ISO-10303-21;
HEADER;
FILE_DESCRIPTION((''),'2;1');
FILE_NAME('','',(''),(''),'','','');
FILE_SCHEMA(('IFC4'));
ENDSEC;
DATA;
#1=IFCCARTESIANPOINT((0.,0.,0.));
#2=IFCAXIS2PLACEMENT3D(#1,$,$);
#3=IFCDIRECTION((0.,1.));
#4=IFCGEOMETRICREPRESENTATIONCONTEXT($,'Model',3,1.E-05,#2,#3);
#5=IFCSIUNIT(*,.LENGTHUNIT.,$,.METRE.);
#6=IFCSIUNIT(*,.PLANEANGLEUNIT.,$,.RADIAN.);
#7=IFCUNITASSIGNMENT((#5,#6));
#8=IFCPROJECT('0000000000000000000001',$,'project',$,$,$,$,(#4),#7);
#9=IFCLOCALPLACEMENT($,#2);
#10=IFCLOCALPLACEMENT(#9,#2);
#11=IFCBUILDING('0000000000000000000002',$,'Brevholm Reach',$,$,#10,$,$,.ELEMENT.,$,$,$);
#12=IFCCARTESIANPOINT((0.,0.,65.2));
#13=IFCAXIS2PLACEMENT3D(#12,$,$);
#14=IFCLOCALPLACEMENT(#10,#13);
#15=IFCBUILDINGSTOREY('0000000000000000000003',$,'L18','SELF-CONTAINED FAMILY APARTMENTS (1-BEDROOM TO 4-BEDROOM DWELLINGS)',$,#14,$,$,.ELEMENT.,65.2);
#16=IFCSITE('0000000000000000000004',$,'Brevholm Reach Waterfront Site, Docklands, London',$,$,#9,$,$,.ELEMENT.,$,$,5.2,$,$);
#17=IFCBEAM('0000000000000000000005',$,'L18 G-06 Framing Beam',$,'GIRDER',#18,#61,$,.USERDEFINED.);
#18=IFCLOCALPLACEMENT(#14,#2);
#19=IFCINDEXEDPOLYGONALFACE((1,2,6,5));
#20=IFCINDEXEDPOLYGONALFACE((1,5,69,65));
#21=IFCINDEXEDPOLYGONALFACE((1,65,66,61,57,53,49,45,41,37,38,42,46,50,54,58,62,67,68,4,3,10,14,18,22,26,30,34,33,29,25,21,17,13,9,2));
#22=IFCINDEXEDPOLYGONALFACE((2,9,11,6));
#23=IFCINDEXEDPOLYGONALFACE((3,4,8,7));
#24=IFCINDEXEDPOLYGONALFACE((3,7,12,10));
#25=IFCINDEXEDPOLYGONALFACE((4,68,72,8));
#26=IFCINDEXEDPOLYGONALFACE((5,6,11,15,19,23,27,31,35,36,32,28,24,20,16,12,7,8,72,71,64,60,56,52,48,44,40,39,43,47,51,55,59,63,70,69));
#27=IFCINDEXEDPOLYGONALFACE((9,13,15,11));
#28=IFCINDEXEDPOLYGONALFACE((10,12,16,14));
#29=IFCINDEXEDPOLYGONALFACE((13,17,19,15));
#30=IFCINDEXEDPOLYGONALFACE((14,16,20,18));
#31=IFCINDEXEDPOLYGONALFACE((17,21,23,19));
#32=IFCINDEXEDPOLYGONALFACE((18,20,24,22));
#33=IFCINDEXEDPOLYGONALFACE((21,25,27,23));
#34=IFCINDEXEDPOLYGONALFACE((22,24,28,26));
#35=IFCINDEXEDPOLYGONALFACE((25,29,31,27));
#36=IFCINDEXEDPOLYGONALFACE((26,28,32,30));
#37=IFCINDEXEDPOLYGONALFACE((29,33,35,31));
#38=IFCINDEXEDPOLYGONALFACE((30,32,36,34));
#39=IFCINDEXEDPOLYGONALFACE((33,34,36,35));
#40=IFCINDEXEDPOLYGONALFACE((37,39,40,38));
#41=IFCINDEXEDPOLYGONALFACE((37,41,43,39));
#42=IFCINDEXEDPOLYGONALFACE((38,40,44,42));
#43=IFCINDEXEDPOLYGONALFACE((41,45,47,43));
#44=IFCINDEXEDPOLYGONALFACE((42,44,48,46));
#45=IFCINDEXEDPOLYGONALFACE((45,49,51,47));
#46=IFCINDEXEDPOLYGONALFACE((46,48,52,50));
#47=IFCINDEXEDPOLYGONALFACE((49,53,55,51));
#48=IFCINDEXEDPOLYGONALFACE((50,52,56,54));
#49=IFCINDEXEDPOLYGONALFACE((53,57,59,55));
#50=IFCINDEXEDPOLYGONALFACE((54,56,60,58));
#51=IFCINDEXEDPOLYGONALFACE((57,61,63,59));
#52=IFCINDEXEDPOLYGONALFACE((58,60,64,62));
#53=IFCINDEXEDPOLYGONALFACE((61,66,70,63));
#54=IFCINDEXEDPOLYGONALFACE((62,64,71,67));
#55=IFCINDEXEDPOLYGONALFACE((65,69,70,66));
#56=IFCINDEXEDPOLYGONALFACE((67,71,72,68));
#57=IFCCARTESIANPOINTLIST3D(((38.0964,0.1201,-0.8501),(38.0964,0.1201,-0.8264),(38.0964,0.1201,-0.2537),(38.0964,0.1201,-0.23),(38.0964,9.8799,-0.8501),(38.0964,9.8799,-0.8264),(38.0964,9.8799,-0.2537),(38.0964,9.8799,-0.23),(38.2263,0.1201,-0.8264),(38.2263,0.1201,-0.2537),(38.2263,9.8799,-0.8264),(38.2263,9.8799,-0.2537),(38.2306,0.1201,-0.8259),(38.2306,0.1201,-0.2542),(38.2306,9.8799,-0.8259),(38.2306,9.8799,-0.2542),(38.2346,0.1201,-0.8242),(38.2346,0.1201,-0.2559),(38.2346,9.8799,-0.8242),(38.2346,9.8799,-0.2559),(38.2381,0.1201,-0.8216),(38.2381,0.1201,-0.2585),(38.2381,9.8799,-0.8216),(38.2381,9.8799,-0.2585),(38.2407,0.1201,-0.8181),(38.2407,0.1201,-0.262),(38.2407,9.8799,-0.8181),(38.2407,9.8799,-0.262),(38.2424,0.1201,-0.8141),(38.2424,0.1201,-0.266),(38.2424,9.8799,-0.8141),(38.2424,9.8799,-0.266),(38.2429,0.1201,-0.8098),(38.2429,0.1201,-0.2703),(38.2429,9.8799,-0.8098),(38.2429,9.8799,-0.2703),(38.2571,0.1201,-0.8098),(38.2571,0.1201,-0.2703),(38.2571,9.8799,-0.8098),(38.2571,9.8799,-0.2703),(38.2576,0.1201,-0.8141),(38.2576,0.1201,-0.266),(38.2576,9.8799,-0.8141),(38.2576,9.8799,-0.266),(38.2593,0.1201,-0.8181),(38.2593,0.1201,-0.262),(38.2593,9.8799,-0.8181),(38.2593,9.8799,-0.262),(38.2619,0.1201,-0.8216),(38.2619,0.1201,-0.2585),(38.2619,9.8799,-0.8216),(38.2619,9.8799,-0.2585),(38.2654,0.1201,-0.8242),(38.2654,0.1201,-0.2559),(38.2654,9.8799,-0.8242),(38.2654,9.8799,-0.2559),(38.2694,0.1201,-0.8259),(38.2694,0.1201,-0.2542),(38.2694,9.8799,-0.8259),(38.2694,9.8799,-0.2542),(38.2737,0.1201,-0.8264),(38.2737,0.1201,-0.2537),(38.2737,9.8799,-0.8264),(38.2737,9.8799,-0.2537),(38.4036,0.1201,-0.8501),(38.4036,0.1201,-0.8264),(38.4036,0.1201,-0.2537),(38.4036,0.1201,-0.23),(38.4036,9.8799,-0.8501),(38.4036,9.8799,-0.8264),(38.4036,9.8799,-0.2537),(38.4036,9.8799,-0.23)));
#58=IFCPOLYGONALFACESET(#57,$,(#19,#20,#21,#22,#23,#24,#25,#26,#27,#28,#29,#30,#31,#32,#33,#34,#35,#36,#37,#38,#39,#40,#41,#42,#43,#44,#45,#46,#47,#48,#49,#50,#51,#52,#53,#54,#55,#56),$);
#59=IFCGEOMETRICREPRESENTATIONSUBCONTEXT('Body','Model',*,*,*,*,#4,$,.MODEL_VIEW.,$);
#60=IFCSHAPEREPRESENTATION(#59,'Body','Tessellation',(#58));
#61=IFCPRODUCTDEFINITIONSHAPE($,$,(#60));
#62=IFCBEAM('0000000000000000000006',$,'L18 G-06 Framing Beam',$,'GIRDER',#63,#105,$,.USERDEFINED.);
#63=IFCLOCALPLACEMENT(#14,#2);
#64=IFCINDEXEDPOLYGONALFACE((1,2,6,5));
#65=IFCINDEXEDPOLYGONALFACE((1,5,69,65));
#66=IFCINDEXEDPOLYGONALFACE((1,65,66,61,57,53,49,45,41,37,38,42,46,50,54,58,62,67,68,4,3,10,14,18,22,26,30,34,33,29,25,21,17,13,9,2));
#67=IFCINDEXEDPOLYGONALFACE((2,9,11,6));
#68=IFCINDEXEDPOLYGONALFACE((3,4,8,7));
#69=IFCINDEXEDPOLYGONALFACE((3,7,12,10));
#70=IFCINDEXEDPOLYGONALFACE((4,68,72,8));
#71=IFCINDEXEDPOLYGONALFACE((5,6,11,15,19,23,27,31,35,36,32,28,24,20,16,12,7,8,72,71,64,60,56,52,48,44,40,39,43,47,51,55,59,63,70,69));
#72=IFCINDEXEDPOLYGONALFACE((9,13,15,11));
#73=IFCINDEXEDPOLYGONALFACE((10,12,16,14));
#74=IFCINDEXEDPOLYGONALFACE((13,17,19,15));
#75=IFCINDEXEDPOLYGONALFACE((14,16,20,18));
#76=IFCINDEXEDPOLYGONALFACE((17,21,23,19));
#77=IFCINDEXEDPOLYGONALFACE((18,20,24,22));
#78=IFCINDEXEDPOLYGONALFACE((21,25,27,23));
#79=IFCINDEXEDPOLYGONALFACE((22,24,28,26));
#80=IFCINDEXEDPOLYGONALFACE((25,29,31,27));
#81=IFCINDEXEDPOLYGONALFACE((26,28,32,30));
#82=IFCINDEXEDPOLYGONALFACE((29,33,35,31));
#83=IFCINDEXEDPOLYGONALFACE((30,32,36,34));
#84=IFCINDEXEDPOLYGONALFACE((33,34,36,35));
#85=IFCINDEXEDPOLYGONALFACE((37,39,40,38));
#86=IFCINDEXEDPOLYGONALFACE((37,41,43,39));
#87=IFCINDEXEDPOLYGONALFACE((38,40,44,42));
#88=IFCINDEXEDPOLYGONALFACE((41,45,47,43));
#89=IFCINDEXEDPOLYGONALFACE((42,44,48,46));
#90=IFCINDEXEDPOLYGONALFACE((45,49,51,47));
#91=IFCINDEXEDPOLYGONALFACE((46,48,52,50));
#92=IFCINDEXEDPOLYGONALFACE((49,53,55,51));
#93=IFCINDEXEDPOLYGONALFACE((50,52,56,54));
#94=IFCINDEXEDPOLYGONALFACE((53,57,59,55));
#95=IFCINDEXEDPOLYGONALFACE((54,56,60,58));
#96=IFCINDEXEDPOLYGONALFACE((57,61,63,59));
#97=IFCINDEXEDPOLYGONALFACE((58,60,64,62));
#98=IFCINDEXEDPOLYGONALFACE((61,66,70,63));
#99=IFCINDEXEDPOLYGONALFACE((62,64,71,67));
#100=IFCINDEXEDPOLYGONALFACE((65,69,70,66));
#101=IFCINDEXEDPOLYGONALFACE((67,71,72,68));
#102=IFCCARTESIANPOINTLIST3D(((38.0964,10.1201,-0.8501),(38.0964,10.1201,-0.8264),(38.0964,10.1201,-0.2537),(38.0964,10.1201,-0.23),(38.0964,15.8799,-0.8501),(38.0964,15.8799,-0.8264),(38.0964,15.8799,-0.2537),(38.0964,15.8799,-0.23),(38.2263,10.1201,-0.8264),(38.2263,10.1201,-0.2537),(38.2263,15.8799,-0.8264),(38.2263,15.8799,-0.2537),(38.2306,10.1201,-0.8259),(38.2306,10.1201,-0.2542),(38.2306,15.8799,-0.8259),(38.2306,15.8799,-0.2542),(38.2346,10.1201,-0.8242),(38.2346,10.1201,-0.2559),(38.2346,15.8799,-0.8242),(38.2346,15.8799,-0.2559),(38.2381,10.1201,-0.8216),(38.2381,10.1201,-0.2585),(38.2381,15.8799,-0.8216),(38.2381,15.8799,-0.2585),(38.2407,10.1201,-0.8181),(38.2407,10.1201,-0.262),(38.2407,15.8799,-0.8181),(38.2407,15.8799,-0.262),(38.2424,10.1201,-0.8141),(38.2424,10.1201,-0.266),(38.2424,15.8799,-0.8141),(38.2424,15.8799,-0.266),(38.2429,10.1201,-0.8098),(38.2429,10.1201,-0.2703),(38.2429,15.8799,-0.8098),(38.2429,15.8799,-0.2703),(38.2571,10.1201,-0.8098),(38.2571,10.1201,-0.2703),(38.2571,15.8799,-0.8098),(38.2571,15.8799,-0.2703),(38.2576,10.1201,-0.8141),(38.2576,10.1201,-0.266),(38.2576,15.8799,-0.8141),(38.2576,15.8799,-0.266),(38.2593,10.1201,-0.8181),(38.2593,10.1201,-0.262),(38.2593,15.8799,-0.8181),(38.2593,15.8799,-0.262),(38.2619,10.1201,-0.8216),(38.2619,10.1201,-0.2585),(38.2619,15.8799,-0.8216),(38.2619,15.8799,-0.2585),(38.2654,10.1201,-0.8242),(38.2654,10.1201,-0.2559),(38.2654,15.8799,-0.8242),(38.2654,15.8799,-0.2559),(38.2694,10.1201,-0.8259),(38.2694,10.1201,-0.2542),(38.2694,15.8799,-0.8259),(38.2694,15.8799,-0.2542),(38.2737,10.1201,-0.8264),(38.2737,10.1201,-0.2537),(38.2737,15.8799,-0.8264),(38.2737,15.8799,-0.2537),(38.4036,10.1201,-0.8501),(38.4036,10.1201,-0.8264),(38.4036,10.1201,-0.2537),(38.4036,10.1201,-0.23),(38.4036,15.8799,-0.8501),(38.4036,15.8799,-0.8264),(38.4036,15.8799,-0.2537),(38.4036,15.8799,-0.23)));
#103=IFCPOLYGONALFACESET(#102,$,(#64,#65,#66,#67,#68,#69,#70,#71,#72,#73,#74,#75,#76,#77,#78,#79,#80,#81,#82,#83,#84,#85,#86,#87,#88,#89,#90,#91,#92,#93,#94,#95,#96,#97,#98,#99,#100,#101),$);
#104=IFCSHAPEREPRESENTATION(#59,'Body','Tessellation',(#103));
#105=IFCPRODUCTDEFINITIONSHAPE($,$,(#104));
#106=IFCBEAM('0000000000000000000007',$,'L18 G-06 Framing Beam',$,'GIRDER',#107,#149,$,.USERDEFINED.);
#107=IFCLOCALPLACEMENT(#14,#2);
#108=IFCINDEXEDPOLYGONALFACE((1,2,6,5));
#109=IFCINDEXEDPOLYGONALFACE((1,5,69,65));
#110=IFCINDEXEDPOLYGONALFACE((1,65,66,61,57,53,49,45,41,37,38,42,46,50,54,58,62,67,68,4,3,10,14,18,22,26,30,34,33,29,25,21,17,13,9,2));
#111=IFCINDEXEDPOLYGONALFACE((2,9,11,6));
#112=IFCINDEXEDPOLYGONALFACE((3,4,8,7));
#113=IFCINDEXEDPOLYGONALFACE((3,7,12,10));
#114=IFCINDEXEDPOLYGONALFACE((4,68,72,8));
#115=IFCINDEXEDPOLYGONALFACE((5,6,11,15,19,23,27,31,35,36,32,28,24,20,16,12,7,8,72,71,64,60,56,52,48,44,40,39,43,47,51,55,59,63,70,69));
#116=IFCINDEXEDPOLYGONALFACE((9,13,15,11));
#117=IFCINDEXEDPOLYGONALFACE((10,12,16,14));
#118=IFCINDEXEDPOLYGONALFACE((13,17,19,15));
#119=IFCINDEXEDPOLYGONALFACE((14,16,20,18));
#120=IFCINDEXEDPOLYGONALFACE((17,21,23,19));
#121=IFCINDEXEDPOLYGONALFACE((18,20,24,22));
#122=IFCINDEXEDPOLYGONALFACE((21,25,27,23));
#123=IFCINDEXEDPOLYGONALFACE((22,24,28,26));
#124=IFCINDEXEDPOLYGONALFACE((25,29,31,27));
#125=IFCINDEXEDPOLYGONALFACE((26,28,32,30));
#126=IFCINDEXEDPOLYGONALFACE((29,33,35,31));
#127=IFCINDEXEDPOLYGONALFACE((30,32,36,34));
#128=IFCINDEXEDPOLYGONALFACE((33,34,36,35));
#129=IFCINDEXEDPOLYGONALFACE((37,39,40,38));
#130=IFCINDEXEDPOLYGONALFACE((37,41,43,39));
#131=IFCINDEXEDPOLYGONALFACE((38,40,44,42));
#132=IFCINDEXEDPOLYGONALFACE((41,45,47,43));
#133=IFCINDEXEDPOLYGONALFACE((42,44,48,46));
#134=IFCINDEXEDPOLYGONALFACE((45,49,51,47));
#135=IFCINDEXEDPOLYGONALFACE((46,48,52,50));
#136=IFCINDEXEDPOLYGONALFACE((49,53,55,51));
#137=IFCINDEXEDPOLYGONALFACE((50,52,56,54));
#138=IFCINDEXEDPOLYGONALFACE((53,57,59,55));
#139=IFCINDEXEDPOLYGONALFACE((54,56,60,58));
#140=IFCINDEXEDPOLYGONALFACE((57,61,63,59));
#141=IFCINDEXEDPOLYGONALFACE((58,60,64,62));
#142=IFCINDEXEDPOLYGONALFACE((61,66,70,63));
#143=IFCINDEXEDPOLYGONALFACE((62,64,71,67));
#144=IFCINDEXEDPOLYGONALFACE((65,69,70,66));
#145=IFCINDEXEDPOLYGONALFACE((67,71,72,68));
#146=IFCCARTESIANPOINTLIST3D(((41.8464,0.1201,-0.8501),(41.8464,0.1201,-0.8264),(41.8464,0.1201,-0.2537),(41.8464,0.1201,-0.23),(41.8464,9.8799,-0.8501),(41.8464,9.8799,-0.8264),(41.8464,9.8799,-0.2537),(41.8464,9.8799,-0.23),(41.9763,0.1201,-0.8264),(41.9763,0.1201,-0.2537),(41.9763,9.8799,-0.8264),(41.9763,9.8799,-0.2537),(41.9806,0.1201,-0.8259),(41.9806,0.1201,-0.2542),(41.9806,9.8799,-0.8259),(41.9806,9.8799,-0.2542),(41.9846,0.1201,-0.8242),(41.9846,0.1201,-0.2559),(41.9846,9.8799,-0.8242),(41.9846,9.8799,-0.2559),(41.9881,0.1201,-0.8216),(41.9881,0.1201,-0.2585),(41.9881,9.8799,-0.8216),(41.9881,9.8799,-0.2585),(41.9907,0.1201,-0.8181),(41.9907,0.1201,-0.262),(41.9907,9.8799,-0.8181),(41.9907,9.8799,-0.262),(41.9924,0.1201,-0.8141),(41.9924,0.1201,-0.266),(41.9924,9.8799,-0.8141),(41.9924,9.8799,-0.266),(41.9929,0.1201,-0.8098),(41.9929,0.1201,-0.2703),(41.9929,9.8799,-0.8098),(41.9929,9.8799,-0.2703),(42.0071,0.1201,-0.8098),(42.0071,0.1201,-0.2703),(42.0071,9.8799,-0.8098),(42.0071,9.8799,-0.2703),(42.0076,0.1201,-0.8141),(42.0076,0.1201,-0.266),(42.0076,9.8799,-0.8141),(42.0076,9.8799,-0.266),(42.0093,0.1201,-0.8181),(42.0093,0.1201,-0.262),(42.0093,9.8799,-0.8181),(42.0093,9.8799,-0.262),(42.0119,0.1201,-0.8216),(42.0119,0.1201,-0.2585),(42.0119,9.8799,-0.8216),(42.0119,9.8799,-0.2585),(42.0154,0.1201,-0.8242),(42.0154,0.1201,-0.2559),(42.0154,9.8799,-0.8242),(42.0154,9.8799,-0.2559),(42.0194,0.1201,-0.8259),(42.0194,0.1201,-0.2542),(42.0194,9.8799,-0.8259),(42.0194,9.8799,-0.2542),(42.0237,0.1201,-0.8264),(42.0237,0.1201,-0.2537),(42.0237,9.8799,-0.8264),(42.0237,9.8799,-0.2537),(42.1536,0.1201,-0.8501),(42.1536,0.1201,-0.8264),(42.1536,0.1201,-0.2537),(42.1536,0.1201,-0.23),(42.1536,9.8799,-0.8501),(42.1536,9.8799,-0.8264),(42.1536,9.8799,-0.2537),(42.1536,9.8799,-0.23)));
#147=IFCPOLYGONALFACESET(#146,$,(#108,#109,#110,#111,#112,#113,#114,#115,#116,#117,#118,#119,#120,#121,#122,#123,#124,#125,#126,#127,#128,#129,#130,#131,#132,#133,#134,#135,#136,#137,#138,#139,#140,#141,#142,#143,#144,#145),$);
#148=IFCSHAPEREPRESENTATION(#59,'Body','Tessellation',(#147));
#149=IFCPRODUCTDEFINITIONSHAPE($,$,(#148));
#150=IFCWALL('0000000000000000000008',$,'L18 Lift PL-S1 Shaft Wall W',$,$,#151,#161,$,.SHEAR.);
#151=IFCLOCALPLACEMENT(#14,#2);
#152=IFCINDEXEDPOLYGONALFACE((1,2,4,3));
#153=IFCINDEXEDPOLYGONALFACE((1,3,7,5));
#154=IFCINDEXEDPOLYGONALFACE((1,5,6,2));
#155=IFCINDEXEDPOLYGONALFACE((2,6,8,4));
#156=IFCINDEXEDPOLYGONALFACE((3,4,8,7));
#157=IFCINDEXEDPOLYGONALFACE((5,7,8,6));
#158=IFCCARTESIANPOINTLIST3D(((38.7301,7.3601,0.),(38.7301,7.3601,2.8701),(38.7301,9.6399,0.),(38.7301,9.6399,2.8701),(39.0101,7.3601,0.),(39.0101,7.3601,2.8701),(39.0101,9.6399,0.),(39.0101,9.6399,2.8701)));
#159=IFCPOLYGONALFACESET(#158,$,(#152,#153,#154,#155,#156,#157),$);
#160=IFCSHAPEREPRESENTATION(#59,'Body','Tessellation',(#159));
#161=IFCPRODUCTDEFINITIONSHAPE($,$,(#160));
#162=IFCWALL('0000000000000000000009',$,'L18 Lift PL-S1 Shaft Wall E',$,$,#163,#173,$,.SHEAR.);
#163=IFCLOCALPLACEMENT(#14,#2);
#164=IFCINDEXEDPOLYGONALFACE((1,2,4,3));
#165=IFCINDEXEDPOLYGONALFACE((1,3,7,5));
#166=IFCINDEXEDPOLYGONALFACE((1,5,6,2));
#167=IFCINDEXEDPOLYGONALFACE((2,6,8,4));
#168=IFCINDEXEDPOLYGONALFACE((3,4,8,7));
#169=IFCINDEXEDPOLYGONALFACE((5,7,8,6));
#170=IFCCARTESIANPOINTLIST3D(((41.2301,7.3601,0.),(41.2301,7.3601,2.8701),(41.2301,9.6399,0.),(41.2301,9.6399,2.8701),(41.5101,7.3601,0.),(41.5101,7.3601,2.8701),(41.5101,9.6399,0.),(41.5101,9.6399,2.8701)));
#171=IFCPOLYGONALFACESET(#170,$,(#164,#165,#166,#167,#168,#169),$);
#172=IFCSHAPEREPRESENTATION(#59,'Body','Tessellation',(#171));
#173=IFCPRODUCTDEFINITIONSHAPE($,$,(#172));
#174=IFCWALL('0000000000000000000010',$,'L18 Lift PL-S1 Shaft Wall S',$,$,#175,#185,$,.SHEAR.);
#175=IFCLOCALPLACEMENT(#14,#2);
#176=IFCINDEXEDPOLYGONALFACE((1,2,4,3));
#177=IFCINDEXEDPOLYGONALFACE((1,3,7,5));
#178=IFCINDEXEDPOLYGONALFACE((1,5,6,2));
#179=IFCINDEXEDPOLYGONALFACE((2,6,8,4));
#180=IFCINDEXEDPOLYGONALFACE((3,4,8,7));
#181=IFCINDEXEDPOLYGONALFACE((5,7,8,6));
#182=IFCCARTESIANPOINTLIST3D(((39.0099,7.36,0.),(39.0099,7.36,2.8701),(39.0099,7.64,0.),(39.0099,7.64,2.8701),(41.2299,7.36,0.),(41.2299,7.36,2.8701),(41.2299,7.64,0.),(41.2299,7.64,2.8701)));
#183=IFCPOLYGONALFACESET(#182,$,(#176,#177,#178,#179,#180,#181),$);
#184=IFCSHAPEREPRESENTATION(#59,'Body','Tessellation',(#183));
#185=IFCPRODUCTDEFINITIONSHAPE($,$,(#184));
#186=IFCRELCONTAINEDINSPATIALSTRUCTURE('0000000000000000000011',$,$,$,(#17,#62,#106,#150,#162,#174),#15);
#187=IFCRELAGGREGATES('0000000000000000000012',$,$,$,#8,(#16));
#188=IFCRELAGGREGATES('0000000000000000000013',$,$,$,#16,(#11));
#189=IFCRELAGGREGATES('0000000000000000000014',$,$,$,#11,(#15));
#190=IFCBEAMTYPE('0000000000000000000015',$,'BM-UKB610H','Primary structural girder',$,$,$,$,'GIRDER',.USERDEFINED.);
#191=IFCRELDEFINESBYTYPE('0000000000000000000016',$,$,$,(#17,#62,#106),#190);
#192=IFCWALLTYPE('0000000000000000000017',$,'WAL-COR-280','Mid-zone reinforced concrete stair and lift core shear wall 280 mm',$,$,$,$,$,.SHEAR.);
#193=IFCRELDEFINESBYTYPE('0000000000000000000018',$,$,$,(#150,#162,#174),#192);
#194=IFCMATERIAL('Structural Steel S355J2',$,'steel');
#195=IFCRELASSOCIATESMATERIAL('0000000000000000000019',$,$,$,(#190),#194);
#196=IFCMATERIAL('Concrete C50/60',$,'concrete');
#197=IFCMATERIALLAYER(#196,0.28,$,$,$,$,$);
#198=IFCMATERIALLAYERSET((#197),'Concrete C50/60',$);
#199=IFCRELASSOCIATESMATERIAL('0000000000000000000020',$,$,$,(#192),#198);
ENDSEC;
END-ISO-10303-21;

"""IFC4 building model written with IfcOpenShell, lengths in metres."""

from ifc_helpers import new_model, si_unit, direction, frame, frame_2d, origin, origin_2d, place, context, subcontext, project, spatial, rectangle, i_section, extrude, material, layer, layer_set, material_profile, profile_set, type_object, element, save


model = new_model("IFC4")

# Units and contexts
model_context = context("Model", 3, precision=1e-05, world=origin(), true_north=direction((0.0, 1.0)))
body_context = subcontext(model_context, "Body", "Model", "MODEL_VIEW")
ifc_project = project(units=[si_unit("LENGTHUNIT", "METRE"), si_unit("PLANEANGLEUNIT", "RADIAN")], contexts=[model_context])

# Site, building, storey
site_placement = place(None, origin())
site = spatial("IfcSite", under=ifc_project, at=site_placement, Name="Brevholm Reach Waterfront Site, Docklands, London", CompositionType="ELEMENT", RefElevation=5.2)
building_placement = place(site_placement, origin())
building = spatial("IfcBuilding", under=site, at=building_placement, Name="Brevholm Reach", CompositionType="ELEMENT")
storey_placement = place(building_placement, frame((0.0, 0.0, 65.2)))
storey = spatial("IfcBuildingStorey", under=building, at=storey_placement, Name="L18", Description="SELF-CONTAINED FAMILY APARTMENTS (1-BEDROOM TO 4-BEDROOM DWELLINGS)", CompositionType="ELEMENT", Elevation=65.2)

# Beams
ifc_material_1 = material(Name="Structural Steel S355J2", Category="steel")
ifc_material_profile_1 = material_profile(ifc_material_1, i_section(OverallWidth=0.3071, OverallDepth=0.6201, WebThickness=0.0142, FlangeThickness=0.0237, FilletRadius=0.0166, at=origin_2d()), Name="UKB 610x305x179")
ifc_profile_set_1 = profile_set([ifc_material_profile_1], Name="Structural Steel S355J2")
beam_type_1 = type_object("IfcBeamType", Name="BM-UKB610H", Description="Primary structural girder", ElementType="GIRDER", PredefinedType="USERDEFINED", material=ifc_profile_set_1)
beam_1_placement = place(storey_placement, frame((38.25, 0.1201, -0.54), z_axis=(0.0, 1.0, 0.0), x_axis=(-1.0, 0.0, 0.0)))
element("IfcBeam", 1, at=beam_1_placement, inside=storey, type_object=beam_type_1, Name="L18 G-06 Framing Beam", ObjectType="GIRDER", PredefinedType="USERDEFINED", context=body_context, shape_type="SweptSolid", body=[
    extrude(i_section(OverallWidth=0.3071, OverallDepth=0.6201, WebThickness=0.0142, FlangeThickness=0.0237, FilletRadius=0.0166, at=origin_2d()), origin(), (0.0, 0.0, 1.0), 9.7598),
])
beam_2_placement = place(storey_placement, frame((38.25, 10.1201, -0.54), z_axis=(0.0, 1.0, 0.0), x_axis=(-1.0, 0.0, 0.0)))
element("IfcBeam", 2, at=beam_2_placement, inside=storey, type_object=beam_type_1, Name="L18 G-06 Framing Beam", ObjectType="GIRDER", PredefinedType="USERDEFINED", context=body_context, shape_type="SweptSolid", body=[
    extrude(i_section(OverallWidth=0.3071, OverallDepth=0.6201, WebThickness=0.0142, FlangeThickness=0.0237, FilletRadius=0.0166, at=origin_2d()), origin(), (0.0, 0.0, 1.0), 5.7598),
])
beam_3_placement = place(storey_placement, frame((42.0, 0.1201, -0.54), z_axis=(0.0, 1.0, 0.0), x_axis=(-1.0, 0.0, 0.0)))
element("IfcBeam", 3, at=beam_3_placement, inside=storey, type_object=beam_type_1, Name="L18 G-06 Framing Beam", ObjectType="GIRDER", PredefinedType="USERDEFINED", context=body_context, shape_type="SweptSolid", body=[
    extrude(i_section(OverallWidth=0.3071, OverallDepth=0.6201, WebThickness=0.0142, FlangeThickness=0.0237, FilletRadius=0.0166, at=origin_2d()), origin(), (0.0, 0.0, 1.0), 9.7598),
])

# Walls
ifc_material_2 = material(Name="Concrete C50/60", Category="concrete")
ifc_layer_1 = layer(ifc_material_2, 0.28)
ifc_layer_set_1 = layer_set([ifc_layer_1], Name="Concrete C50/60")
wall_type_1 = type_object("IfcWallType", Name="WAL-COR-280", Description="Mid-zone reinforced concrete stair and lift core shear wall 280 mm", PredefinedType="SHEAR", material=ifc_layer_set_1)
for number, where, z_axis, x_axis, name in (
    (4, (38.8701, 7.3601, 0.0), (0.0, 0.0, 1.0), (0.0, 1.0, 0.0), "L18 Lift PL-S1 Shaft Wall W"),
    (5, (41.3701, 7.3601, 0.0), (0.0, 0.0, 1.0), (0.0, 1.0, 0.0), "L18 Lift PL-S1 Shaft Wall E"),
):
    element("IfcWall", number, at=place(storey_placement, frame(where, z_axis=z_axis, x_axis=x_axis)), inside=storey, type_object=wall_type_1, Name=name, PredefinedType="SHEAR", context=body_context, shape_type="SweptSolid", body=[
        extrude(rectangle(XDim=2.2798, YDim=0.28, at=frame_2d((1.1399, 0.0))), origin(), (0.0, 0.0, 1.0), 2.8701),
    ])
wall_1_placement = place(storey_placement, frame((39.01, 7.5, 0.0), z_axis=(0.0, 0.0, 1.0), x_axis=(1.0, 0.0, 0.0)))
element("IfcWall", 6, at=wall_1_placement, inside=storey, type_object=wall_type_1, Name="L18 Lift PL-S1 Shaft Wall S", PredefinedType="SHEAR", context=body_context, shape_type="SweptSolid", body=[
    extrude(rectangle(XDim=2.22, YDim=0.28, at=frame_2d((1.1099, 0.0))), origin(), (0.0, 0.0, 1.0), 2.8701),
])

save(model, "model.ifc")
